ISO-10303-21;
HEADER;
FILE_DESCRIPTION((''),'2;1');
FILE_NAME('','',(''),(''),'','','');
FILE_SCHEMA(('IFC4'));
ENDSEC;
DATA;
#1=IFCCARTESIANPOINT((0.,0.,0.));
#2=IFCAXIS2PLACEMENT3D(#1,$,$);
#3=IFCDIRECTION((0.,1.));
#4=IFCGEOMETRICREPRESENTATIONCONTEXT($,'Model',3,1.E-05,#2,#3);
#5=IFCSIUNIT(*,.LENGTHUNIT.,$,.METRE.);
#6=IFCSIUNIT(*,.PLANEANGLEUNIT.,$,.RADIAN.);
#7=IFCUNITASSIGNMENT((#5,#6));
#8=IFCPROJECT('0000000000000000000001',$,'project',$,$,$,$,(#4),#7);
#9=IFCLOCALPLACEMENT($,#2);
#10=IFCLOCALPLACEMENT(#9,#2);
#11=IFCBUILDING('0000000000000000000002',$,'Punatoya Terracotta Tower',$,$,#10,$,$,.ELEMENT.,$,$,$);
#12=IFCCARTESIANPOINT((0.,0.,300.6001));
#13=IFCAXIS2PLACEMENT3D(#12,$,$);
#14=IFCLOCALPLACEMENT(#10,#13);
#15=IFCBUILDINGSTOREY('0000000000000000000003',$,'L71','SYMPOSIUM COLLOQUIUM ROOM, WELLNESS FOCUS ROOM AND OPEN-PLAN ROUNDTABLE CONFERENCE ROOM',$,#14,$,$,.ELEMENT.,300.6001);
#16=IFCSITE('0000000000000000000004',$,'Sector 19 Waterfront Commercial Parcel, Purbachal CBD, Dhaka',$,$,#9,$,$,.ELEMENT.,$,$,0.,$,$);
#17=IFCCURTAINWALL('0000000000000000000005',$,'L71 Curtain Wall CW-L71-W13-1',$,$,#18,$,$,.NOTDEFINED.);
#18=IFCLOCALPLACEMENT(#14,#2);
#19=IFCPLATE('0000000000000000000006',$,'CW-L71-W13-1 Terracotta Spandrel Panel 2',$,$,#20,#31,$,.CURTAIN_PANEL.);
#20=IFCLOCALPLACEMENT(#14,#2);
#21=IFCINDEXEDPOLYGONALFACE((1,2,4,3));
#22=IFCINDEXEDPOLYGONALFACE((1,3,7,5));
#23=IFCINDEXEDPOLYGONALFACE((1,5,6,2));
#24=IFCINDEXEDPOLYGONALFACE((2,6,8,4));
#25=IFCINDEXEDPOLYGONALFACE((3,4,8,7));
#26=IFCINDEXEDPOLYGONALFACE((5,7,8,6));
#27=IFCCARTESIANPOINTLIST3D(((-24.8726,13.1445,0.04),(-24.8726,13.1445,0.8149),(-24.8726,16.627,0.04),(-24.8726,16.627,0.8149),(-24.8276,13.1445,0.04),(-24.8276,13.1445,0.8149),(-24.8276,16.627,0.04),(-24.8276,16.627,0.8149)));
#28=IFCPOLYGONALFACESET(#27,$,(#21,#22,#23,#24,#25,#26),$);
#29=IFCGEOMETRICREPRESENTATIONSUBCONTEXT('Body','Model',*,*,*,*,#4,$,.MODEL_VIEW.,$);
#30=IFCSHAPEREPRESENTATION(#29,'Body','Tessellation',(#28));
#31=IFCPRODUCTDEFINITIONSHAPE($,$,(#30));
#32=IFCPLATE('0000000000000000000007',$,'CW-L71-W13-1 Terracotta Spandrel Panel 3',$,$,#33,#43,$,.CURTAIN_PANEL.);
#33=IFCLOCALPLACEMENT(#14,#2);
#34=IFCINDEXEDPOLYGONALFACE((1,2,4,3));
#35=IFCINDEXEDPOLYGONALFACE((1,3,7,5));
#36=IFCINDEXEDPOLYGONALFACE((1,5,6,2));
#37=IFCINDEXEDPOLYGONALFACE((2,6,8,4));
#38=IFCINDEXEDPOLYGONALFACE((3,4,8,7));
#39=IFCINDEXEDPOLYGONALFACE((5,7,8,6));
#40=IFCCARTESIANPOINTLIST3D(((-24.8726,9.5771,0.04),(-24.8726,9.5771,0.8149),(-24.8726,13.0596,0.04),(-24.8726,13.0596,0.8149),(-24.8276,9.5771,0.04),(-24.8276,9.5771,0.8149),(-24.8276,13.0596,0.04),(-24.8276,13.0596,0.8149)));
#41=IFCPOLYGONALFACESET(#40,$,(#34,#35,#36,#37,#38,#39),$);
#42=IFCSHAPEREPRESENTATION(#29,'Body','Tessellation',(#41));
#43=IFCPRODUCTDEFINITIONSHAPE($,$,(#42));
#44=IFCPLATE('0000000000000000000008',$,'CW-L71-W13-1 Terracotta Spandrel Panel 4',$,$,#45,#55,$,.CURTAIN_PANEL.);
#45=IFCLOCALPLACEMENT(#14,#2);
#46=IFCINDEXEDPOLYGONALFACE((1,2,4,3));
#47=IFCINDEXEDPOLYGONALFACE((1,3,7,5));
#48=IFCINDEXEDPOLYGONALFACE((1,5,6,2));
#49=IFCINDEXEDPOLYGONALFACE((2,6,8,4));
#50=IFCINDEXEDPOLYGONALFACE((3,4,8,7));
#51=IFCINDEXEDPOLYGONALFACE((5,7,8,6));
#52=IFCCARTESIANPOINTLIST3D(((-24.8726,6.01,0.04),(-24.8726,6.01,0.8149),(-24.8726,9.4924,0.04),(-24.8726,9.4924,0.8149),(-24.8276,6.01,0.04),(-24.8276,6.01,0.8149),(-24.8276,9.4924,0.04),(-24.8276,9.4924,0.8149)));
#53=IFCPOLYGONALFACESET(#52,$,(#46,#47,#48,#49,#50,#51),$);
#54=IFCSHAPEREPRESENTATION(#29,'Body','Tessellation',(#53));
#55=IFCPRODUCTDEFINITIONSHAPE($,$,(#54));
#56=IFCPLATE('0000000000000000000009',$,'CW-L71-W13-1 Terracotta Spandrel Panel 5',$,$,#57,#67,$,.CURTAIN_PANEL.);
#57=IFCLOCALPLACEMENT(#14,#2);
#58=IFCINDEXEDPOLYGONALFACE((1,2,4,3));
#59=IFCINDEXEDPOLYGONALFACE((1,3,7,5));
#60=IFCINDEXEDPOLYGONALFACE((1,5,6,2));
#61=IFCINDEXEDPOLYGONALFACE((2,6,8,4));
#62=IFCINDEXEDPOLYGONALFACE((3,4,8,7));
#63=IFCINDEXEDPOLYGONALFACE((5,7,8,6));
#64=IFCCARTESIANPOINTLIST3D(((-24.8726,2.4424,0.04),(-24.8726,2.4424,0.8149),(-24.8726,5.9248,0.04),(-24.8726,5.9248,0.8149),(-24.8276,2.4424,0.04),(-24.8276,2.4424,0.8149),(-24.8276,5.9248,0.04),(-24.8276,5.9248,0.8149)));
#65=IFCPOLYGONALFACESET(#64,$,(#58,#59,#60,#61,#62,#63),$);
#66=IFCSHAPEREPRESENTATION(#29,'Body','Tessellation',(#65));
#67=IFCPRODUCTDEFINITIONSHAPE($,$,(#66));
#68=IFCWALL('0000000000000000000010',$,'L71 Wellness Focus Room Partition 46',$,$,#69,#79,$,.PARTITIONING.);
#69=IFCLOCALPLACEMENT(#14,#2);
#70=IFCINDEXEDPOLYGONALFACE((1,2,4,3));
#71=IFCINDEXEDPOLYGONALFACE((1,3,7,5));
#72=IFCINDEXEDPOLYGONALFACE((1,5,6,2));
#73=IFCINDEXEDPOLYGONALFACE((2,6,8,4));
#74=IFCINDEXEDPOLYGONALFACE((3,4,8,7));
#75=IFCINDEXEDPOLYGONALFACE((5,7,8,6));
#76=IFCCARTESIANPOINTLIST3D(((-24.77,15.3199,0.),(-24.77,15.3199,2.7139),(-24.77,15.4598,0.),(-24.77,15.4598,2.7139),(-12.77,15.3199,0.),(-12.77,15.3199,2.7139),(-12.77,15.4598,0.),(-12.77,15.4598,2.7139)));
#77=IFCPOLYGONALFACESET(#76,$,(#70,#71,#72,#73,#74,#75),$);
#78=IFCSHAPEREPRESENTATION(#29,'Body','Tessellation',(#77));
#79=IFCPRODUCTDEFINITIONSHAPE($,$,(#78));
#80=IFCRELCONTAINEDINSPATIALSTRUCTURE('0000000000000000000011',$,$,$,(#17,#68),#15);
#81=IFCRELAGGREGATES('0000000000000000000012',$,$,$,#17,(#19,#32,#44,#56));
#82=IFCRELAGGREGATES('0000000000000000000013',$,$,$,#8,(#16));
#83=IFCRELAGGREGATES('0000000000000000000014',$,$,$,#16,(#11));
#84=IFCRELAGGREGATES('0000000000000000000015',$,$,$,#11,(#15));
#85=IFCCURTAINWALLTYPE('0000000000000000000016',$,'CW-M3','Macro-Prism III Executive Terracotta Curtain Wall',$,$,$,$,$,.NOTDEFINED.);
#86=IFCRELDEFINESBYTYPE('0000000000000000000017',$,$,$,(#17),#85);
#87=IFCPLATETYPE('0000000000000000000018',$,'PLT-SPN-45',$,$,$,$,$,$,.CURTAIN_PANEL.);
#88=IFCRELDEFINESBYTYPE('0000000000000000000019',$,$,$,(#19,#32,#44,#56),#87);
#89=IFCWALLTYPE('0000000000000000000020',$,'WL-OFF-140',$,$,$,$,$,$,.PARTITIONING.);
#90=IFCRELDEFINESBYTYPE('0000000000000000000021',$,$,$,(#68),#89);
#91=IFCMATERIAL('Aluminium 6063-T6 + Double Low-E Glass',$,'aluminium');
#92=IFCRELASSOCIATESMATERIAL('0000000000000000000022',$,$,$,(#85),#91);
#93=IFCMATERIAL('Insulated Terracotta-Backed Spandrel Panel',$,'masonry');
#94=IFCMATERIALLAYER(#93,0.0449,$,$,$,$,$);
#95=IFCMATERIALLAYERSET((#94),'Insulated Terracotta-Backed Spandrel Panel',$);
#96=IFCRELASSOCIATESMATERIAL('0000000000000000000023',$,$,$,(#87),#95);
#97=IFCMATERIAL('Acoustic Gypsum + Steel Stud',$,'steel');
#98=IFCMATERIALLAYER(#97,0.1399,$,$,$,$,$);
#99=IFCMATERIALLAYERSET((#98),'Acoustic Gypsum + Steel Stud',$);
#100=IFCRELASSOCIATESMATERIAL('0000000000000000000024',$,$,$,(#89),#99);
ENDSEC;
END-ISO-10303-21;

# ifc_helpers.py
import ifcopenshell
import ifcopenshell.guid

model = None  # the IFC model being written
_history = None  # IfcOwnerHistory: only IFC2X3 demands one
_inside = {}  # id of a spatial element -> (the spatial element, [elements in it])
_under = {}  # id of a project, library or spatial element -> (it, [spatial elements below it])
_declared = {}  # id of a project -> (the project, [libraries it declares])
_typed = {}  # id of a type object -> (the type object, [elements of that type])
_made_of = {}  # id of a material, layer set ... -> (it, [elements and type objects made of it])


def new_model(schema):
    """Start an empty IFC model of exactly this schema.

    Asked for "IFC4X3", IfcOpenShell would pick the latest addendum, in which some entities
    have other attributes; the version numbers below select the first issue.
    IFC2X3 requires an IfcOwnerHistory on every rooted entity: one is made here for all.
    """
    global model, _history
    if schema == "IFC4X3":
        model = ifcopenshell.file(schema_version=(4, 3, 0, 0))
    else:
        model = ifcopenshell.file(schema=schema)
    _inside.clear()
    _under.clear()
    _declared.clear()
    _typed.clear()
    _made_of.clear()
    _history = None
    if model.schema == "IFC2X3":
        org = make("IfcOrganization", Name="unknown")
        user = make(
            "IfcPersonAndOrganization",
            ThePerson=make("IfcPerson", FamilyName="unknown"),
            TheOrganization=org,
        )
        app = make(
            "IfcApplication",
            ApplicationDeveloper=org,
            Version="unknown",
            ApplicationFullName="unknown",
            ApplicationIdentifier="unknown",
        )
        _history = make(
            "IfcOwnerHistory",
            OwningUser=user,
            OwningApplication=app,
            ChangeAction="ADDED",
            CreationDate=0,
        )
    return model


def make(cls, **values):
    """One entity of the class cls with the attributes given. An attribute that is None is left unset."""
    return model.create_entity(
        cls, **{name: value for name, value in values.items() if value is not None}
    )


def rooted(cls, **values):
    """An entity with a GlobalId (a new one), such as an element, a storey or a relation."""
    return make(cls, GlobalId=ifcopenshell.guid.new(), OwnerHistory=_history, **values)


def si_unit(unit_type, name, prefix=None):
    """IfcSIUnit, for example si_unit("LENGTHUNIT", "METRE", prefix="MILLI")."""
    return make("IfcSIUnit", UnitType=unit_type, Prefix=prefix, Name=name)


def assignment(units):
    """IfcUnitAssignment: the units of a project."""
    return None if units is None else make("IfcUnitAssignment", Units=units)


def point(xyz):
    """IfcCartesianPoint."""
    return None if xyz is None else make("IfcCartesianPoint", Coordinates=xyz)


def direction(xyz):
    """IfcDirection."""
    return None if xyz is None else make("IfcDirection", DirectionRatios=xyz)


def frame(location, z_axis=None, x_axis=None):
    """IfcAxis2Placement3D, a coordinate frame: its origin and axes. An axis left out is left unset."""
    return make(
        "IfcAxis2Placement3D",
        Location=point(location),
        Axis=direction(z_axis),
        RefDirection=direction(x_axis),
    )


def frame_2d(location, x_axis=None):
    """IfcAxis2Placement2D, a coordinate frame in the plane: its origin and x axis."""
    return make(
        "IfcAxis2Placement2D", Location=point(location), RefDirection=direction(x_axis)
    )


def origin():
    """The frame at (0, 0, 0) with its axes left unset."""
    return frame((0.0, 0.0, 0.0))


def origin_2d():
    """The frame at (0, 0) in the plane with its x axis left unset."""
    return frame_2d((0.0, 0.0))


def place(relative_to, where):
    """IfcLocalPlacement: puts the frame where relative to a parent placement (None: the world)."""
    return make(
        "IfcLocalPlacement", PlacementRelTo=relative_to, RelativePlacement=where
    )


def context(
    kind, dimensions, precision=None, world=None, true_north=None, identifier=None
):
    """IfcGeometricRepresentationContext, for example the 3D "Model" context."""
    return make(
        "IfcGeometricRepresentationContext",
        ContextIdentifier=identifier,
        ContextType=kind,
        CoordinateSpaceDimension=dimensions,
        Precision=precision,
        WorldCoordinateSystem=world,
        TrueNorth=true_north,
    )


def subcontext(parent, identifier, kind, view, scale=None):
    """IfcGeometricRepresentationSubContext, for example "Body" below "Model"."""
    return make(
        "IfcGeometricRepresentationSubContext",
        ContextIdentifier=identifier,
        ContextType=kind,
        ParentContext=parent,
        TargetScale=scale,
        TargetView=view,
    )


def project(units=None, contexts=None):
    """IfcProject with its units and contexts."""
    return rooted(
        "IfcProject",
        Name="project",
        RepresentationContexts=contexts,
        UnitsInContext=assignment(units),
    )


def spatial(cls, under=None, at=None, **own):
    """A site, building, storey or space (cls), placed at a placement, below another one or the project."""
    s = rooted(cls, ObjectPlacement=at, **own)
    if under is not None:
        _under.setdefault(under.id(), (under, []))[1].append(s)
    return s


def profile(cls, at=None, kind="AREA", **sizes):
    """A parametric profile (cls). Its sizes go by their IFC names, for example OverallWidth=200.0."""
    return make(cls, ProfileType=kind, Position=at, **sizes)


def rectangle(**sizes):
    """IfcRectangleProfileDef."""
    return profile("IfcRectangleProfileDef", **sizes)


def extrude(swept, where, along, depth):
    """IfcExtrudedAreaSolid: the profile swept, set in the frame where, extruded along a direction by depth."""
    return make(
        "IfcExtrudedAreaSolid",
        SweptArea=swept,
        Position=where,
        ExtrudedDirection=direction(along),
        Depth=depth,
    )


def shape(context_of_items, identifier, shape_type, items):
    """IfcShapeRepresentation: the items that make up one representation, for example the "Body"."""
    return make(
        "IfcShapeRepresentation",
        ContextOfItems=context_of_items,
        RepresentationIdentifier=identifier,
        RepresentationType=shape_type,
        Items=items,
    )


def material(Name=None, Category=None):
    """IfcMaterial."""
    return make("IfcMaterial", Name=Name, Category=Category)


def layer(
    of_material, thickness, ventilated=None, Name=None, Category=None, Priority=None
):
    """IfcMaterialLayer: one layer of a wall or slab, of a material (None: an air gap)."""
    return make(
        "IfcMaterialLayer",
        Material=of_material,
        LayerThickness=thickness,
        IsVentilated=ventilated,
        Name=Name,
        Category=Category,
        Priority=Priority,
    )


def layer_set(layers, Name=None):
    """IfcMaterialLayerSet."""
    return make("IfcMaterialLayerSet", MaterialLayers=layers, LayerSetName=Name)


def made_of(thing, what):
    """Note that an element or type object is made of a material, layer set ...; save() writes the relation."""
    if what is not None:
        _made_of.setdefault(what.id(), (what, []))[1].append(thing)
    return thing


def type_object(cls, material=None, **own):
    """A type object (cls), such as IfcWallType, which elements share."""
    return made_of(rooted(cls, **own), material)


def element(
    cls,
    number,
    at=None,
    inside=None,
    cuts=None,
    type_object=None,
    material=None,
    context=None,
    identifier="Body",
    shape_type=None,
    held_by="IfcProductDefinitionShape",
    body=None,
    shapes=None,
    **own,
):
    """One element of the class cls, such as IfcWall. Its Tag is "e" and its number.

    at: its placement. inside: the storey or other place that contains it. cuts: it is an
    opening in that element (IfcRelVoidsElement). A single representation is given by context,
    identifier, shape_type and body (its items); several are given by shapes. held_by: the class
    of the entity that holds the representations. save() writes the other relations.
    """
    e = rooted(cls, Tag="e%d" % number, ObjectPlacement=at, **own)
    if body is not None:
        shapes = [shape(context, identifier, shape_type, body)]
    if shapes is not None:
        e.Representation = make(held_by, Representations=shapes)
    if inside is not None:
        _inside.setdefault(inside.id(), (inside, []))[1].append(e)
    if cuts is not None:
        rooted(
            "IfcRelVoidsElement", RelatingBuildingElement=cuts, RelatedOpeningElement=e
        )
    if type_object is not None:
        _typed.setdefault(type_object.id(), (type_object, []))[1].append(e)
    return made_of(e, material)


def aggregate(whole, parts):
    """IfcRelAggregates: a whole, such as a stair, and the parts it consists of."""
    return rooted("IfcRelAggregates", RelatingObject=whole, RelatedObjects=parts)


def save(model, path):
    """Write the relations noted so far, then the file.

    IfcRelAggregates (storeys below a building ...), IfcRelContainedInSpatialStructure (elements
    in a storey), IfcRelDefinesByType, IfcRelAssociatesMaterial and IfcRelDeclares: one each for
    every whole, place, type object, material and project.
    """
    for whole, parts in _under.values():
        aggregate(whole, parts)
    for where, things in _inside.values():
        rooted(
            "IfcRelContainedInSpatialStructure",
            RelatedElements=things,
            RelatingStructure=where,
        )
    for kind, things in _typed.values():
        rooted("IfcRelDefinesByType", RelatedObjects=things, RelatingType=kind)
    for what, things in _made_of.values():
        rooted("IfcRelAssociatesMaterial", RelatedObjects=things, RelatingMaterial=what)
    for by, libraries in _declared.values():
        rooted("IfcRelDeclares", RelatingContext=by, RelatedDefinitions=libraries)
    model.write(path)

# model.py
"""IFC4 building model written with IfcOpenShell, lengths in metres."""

from ifc_helpers import new_model, si_unit, direction, frame, frame_2d, origin, origin_2d, place, context, subcontext, project, spatial, rectangle, extrude, material, layer, layer_set, type_object, element, aggregate, save


model = new_model("IFC4")

# Units and contexts
model_context = context("Model", 3, precision=1e-05, world=origin(), true_north=direction((0.0, 1.0)))
body_context = subcontext(model_context, "Body", "Model", "MODEL_VIEW")
ifc_project = project(units=[si_unit("LENGTHUNIT", "METRE"), si_unit("PLANEANGLEUNIT", "RADIAN")], contexts=[model_context])

# Site, building, storey
site_placement = place(None, origin())
site = spatial("IfcSite", under=ifc_project, at=site_placement, Name="Sector 19 Waterfront Commercial Parcel, Purbachal CBD, Dhaka", CompositionType="ELEMENT", RefElevation=0.0)
building_placement = place(site_placement, origin())
building = spatial("IfcBuilding", under=site, at=building_placement, Name="Punatoya Terracotta Tower", CompositionType="ELEMENT")
storey_placement = place(building_placement, frame((0.0, 0.0, 300.6001)))
storey = spatial("IfcBuildingStorey", under=building, at=storey_placement, Name="L71", Description="SYMPOSIUM COLLOQUIUM ROOM, WELLNESS FOCUS ROOM AND OPEN-PLAN ROUNDTABLE CONFERENCE ROOM", CompositionType="ELEMENT", Elevation=300.6001)

# Curtain wall, plates
ifc_material_1 = material(Name="Aluminium 6063-T6 + Double Low-E Glass", Category="aluminium")
curtain_wall_type = type_object("IfcCurtainWallType", Name="CW-M3", Description="Macro-Prism III Executive Terracotta Curtain Wall", PredefinedType="NOTDEFINED", material=ifc_material_1)
curtain_wall_placement = place(storey_placement, origin())
curtain_wall = element("IfcCurtainWall", 1, at=curtain_wall_placement, inside=storey, type_object=curtain_wall_type, Name="L71 Curtain Wall CW-L71-W13-1", PredefinedType="NOTDEFINED")
ifc_material_2 = material(Name="Insulated Terracotta-Backed Spandrel Panel", Category="masonry")
ifc_layer_1 = layer(ifc_material_2, 0.0449)
ifc_layer_set_1 = layer_set([ifc_layer_1], Name="Insulated Terracotta-Backed Spandrel Panel")
plate_type_1 = type_object("IfcPlateType", Name="PLT-SPN-45", PredefinedType="CURTAIN_PANEL", material=ifc_layer_set_1)
plate_1_placement = place(storey_placement, frame((-24.8501, 14.8857, 0.04), z_axis=(0.0, 0.0, 1.0), x_axis=(0.0, -1.0, 0.0)))
plate_1 = element("IfcPlate", 2, at=plate_1_placement, type_object=plate_type_1, Name="CW-L71-W13-1 Terracotta Spandrel Panel 2", PredefinedType="CURTAIN_PANEL", context=body_context, shape_type="SweptSolid", body=[
    extrude(rectangle(XDim=3.4824, YDim=0.0449, at=origin_2d()), origin(), (0.0, 0.0, 1.0), 0.7749),
])
plate_2_placement = place(storey_placement, frame((-24.8501, 11.3184, 0.04), z_axis=(0.0, 0.0, 1.0), x_axis=(0.0, -1.0, 0.0)))
plate_2 = element("IfcPlate", 3, at=plate_2_placement, type_object=plate_type_1, Name="CW-L71-W13-1 Terracotta Spandrel Panel 3", PredefinedType="CURTAIN_PANEL", context=body_context, shape_type="SweptSolid", body=[
    extrude(rectangle(XDim=3.4824, YDim=0.0449, at=origin_2d()), origin(), (0.0, 0.0, 1.0), 0.7749),
])
plate_3_placement = place(storey_placement, frame((-24.8501, 7.7512, 0.04), z_axis=(0.0, 0.0, 1.0), x_axis=(0.0, -1.0, 0.0)))
plate_3 = element("IfcPlate", 4, at=plate_3_placement, type_object=plate_type_1, Name="CW-L71-W13-1 Terracotta Spandrel Panel 4", PredefinedType="CURTAIN_PANEL", context=body_context, shape_type="SweptSolid", body=[
    extrude(rectangle(XDim=3.4824, YDim=0.0449, at=origin_2d()), origin(), (0.0, 0.0, 1.0), 0.7749),
])
plate_4_placement = place(storey_placement, frame((-24.8501, 4.1836, 0.04), z_axis=(0.0, 0.0, 1.0), x_axis=(0.0, -1.0, 0.0)))
plate_4 = element("IfcPlate", 5, at=plate_4_placement, type_object=plate_type_1, Name="CW-L71-W13-1 Terracotta Spandrel Panel 5", PredefinedType="CURTAIN_PANEL", context=body_context, shape_type="SweptSolid", body=[
    extrude(rectangle(XDim=3.4824, YDim=0.0449, at=origin_2d()), origin(), (0.0, 0.0, 1.0), 0.7749),
])
aggregate(curtain_wall, [plate_1, plate_2, plate_3, plate_4])

# Wall
ifc_material_3 = material(Name="Acoustic Gypsum + Steel Stud", Category="steel")
ifc_layer_2 = layer(ifc_material_3, 0.1399)
ifc_layer_set_2 = layer_set([ifc_layer_2], Name="Acoustic Gypsum + Steel Stud")
wall_type = type_object("IfcWallType", Name="WL-OFF-140", PredefinedType="PARTITIONING", material=ifc_layer_set_2)
wall_placement = place(storey_placement, frame((-24.77, 15.3899, 0.0), z_axis=(0.0, 0.0, 1.0), x_axis=(1.0, 0.0, 0.0)))
element("IfcWall", 6, at=wall_placement, inside=storey, type_object=wall_type, Name="L71 Wellness Focus Room Partition 46", PredefinedType="PARTITIONING", context=body_context, shape_type="SweptSolid", body=[
    extrude(rectangle(XDim=12.0, YDim=0.1399, at=frame_2d((6.0, 0.0))), origin(), (0.0, 0.0, 1.0), 2.7139),
])

save(model, "model.ifc")
